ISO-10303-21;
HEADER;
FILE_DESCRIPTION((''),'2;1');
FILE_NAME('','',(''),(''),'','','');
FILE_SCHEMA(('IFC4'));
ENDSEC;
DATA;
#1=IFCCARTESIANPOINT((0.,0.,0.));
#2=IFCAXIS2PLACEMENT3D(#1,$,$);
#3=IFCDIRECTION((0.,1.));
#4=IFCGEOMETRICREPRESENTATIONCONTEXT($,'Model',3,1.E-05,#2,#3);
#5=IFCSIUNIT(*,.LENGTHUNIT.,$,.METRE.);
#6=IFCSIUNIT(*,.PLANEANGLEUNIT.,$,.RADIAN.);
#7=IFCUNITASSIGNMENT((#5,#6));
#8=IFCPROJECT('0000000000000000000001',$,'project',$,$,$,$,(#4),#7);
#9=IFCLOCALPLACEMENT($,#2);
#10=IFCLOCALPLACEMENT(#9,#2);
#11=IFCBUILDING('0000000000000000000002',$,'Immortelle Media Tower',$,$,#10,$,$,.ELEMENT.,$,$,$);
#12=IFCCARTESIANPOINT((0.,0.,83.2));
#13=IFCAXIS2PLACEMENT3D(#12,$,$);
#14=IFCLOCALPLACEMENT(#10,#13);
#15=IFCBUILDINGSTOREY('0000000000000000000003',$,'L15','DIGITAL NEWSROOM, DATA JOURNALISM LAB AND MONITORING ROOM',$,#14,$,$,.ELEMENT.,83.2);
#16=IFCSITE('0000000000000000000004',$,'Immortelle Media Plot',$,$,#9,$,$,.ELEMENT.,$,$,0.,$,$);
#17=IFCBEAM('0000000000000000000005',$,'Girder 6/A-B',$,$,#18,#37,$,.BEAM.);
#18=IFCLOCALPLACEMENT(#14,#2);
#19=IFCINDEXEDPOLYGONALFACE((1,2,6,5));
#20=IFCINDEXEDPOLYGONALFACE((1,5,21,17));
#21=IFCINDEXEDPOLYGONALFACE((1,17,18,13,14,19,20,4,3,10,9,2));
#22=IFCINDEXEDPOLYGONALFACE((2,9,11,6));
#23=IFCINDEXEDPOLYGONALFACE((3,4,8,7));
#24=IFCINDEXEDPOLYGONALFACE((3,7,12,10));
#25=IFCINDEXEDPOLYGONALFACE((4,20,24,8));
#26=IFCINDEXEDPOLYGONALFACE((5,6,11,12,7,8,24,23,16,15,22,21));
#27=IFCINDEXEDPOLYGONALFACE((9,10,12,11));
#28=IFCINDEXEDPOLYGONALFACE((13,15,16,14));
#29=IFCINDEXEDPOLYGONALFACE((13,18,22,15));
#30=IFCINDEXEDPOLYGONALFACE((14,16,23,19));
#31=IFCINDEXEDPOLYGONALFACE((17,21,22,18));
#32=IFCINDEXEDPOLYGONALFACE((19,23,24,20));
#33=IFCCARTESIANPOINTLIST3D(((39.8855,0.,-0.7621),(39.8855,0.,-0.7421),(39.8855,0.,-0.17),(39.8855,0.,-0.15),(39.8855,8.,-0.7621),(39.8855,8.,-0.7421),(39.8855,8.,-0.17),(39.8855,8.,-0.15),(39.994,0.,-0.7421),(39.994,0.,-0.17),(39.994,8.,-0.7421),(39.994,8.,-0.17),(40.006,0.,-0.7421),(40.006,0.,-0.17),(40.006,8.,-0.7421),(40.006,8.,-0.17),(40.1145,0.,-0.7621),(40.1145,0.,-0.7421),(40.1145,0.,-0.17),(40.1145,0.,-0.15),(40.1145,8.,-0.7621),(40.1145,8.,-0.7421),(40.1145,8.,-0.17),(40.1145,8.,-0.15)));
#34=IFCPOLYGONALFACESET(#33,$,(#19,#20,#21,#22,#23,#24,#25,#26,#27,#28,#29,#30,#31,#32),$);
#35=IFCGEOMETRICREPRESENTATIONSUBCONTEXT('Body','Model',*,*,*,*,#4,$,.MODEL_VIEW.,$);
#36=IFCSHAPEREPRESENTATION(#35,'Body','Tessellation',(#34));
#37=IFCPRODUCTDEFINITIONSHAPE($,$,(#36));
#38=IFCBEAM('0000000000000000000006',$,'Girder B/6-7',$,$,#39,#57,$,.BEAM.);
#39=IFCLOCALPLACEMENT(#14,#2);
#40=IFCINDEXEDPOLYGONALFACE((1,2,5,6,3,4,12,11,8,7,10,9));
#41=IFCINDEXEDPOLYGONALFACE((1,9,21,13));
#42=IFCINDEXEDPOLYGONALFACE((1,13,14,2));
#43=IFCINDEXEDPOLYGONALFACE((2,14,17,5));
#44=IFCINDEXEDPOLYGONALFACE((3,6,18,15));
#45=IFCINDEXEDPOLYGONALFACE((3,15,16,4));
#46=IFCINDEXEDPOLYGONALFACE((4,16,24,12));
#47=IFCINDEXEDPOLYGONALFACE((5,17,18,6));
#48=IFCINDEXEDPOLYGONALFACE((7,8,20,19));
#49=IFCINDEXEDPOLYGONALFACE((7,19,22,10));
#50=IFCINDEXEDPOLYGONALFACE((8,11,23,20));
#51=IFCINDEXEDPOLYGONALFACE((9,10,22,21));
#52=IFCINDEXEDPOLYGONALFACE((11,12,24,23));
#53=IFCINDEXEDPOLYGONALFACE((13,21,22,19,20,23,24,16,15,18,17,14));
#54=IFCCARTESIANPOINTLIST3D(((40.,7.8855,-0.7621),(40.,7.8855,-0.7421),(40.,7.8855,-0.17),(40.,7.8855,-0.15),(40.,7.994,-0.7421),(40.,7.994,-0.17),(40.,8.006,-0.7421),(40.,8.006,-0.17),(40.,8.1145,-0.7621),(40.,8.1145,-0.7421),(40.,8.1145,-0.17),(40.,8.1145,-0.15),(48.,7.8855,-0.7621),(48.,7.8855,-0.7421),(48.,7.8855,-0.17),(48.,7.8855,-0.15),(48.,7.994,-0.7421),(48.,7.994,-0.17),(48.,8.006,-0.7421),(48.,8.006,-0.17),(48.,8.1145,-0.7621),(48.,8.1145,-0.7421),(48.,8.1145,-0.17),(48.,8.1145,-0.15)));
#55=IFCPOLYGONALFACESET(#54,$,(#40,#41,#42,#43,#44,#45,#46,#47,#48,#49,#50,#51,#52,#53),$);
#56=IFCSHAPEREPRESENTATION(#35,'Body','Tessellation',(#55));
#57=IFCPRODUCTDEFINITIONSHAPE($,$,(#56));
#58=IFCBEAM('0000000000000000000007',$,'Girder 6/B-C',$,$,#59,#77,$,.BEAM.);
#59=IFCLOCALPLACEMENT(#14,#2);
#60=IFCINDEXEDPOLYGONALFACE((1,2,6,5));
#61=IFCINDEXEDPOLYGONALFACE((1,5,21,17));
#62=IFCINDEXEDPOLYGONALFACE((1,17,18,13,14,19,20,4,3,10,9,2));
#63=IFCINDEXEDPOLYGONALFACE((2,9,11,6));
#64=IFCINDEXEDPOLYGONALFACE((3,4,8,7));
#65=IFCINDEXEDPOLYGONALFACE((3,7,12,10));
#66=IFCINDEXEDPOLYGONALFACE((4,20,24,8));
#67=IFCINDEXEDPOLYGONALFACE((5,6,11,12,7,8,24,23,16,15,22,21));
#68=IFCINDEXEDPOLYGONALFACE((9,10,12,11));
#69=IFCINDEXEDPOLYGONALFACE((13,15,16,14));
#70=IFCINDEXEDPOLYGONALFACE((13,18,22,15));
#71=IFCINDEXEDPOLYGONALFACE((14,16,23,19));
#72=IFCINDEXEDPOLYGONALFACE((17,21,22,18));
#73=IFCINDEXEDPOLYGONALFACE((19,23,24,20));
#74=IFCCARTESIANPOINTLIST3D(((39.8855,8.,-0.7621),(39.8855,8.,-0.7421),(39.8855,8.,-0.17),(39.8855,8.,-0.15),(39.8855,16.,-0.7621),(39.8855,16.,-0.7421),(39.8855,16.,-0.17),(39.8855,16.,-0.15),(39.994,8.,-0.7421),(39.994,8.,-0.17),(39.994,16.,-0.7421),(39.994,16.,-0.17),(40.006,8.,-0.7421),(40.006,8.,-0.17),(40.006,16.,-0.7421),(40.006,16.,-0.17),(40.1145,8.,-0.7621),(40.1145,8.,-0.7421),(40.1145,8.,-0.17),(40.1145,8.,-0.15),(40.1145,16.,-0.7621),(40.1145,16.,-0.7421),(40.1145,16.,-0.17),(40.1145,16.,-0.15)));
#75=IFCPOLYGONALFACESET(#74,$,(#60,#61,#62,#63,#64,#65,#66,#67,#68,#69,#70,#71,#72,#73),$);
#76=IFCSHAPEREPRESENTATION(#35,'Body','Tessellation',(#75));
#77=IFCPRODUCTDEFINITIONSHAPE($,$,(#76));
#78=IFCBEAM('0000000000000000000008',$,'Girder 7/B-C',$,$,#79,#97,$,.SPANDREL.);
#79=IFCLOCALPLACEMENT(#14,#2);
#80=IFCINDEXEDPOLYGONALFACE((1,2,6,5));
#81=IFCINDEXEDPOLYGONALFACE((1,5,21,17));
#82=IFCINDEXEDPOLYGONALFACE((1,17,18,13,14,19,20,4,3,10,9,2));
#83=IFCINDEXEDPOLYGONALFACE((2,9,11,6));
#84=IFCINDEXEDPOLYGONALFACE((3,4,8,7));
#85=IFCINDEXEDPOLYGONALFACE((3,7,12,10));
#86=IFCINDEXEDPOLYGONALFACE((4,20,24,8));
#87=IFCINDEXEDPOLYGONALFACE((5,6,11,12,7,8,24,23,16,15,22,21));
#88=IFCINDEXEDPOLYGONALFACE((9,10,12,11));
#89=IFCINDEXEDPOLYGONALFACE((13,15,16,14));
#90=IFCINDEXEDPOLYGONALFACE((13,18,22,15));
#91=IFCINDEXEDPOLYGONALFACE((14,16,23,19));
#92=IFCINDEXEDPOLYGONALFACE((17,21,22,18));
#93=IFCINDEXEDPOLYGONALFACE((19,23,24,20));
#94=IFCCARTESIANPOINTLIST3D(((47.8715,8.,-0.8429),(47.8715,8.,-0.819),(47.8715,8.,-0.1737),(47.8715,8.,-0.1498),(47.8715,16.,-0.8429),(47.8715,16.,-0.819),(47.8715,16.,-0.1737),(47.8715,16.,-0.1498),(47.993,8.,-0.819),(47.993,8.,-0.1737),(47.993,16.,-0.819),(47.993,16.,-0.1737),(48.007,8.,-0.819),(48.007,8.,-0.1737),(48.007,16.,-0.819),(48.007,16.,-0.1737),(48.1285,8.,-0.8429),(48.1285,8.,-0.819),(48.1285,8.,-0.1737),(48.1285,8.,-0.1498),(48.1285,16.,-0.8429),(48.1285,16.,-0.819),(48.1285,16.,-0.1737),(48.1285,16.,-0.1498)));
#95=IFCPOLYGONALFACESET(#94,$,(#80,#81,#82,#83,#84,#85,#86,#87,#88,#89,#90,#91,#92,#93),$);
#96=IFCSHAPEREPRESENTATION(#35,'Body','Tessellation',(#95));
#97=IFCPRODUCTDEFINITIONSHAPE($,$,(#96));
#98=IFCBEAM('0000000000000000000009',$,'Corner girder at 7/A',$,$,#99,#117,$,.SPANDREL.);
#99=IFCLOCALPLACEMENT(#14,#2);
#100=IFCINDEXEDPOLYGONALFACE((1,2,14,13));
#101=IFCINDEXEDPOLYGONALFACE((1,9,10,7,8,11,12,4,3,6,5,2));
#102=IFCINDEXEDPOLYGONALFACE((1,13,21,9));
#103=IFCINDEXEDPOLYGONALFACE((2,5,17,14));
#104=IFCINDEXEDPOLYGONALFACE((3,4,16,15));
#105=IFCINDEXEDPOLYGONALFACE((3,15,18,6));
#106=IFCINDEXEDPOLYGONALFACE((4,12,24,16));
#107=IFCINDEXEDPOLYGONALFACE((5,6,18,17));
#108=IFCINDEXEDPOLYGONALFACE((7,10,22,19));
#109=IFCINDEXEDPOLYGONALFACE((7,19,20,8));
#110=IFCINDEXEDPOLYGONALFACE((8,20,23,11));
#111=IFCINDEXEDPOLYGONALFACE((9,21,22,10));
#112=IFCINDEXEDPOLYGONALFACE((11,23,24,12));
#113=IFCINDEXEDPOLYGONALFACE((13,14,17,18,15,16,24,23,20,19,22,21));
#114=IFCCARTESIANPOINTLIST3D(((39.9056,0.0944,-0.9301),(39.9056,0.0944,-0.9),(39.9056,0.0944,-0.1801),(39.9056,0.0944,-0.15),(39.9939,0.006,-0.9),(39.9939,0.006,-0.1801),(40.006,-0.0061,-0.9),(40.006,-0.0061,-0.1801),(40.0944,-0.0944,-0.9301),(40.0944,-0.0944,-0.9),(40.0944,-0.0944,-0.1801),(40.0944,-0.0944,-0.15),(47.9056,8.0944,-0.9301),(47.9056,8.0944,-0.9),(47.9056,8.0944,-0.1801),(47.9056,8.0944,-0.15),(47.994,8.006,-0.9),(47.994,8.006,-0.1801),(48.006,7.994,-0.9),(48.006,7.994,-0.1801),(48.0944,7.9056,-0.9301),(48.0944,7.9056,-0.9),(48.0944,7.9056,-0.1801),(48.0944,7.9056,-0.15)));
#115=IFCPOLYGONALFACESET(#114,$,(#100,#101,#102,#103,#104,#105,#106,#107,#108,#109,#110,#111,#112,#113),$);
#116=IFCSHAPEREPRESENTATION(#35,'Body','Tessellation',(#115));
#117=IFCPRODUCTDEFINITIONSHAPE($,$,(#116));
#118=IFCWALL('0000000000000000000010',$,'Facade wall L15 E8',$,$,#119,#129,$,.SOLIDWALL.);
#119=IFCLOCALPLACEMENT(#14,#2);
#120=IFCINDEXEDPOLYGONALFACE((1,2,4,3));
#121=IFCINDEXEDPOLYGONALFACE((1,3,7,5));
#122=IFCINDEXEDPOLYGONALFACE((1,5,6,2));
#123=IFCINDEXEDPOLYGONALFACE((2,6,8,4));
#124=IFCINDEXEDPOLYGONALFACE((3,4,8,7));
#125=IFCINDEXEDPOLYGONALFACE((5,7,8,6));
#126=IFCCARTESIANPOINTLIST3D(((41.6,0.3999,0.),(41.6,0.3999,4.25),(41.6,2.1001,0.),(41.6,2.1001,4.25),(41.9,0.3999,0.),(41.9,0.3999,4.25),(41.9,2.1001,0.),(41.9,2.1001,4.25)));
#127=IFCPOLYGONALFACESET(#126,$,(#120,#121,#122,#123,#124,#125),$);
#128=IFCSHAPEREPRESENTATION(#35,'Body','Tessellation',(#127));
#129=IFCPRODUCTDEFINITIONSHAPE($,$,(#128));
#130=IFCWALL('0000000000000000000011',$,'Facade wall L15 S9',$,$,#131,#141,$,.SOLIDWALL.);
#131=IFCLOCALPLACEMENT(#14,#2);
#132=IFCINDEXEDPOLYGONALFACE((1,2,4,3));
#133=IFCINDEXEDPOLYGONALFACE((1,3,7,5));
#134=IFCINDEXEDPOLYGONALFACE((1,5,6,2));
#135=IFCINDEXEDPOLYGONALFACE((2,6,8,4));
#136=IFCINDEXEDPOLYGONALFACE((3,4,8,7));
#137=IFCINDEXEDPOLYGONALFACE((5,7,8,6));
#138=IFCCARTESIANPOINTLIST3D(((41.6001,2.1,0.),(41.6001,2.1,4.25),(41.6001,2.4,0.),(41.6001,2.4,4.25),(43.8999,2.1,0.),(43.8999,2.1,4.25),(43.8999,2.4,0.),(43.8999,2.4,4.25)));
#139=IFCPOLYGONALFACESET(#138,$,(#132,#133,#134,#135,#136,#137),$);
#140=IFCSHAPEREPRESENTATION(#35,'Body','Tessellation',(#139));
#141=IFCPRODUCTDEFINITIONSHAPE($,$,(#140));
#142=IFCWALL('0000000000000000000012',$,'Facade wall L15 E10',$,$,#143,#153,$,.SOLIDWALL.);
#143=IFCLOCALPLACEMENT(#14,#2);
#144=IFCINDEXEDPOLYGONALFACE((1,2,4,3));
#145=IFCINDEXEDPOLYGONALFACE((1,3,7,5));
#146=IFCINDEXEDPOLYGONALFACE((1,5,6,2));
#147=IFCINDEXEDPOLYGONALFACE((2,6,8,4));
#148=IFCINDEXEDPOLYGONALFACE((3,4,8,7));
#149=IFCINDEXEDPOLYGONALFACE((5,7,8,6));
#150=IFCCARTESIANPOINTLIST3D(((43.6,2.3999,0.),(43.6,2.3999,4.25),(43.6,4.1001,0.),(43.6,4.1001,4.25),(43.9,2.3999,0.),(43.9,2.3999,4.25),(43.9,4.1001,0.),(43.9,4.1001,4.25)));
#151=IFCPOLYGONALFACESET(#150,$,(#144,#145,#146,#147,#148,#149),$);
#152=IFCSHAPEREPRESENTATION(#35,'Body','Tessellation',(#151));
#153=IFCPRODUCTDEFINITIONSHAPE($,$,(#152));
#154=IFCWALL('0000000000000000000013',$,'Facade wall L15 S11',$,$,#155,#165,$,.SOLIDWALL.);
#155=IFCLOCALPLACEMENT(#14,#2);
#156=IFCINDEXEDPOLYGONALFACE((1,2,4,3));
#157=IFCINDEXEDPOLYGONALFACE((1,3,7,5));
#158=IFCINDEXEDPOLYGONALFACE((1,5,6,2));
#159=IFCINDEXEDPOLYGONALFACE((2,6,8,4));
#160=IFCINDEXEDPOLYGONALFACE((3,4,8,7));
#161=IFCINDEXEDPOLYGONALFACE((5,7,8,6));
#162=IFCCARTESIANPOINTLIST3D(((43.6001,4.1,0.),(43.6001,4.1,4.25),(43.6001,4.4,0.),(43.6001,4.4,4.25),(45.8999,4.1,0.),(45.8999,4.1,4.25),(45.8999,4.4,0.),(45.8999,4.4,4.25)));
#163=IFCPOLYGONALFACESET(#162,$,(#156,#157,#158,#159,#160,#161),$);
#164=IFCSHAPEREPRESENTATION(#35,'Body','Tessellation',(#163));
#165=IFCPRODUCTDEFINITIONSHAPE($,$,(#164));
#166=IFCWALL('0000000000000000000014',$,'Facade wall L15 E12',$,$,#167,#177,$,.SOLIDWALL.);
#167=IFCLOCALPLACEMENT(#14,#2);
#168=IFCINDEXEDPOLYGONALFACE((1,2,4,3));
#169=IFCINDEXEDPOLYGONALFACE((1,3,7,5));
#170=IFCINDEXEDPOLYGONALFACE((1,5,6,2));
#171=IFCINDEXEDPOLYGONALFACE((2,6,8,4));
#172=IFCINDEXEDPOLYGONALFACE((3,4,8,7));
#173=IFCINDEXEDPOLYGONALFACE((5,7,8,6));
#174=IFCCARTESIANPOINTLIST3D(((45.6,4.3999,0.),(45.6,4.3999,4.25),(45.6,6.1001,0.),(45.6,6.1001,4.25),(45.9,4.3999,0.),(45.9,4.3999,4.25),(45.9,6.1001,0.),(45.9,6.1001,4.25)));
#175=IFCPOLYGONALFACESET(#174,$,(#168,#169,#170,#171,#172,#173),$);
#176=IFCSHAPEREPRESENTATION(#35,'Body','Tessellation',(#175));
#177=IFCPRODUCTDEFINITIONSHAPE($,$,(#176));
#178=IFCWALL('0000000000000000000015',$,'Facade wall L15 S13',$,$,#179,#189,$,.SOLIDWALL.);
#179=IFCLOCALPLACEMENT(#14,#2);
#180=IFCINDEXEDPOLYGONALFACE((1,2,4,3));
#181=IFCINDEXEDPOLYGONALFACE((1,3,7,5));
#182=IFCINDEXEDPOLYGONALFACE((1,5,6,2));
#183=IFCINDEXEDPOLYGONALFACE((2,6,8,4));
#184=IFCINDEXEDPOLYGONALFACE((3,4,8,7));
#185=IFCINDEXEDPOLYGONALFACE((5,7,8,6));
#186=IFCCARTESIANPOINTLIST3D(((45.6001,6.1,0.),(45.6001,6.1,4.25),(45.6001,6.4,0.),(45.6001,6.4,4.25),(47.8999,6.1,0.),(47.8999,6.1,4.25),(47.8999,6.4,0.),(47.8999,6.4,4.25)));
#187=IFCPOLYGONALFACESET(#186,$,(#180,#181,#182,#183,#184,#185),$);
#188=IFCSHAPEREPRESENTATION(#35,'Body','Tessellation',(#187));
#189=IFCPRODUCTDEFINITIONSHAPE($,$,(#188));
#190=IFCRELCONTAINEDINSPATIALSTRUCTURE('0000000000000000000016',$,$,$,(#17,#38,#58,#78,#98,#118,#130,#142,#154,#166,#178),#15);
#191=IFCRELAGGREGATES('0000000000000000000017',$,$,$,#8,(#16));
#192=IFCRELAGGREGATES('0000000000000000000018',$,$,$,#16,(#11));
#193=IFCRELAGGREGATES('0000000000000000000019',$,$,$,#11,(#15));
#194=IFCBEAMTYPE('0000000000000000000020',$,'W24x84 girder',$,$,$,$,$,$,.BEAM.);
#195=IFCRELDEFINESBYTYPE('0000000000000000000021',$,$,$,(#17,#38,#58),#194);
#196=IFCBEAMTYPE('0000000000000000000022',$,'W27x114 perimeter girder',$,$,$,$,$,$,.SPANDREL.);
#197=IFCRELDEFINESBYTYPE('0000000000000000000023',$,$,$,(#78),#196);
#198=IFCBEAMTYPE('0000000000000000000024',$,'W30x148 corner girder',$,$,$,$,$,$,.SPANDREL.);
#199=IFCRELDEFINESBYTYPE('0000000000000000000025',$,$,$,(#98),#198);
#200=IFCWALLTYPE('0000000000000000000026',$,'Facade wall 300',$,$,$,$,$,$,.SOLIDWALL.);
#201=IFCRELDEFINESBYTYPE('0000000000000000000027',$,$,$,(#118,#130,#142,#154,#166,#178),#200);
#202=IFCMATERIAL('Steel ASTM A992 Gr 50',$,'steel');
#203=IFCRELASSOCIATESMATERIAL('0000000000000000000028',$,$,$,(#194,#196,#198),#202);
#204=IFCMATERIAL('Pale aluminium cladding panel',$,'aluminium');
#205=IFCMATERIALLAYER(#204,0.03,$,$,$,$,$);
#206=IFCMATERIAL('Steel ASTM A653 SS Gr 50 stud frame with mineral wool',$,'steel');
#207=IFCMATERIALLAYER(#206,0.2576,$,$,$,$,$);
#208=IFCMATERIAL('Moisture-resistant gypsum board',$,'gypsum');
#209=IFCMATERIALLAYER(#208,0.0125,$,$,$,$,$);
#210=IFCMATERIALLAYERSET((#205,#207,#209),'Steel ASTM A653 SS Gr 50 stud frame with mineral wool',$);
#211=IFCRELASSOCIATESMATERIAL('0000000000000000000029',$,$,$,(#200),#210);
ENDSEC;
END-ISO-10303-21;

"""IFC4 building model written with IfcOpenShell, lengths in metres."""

from ifc_helpers import new_model, si_unit, direction, frame, frame_2d, origin, origin_2d, place, context, subcontext, project, spatial, rectangle, i_section, extrude, material, layer, layer_set, material_profile, profile_set, type_object, element, save


model = new_model("IFC4")

# Units and contexts
model_context = context("Model", 3, precision=1e-05, world=origin(), true_north=direction((0.0, 1.0)))
body_context = subcontext(model_context, "Body", "Model", "MODEL_VIEW")
ifc_project = project(units=[si_unit("LENGTHUNIT", "METRE"), si_unit("PLANEANGLEUNIT", "RADIAN")], contexts=[model_context])

# Site, building, storey
site_placement = place(None, origin())
site = spatial("IfcSite", under=ifc_project, at=site_placement, Name="Immortelle Media Plot", CompositionType="ELEMENT", RefElevation=0.0)
building_placement = place(site_placement, origin())
building = spatial("IfcBuilding", under=site, at=building_placement, Name="Immortelle Media Tower", CompositionType="ELEMENT")
storey_placement = place(building_placement, frame((0.0, 0.0, 83.2)))
storey = spatial("IfcBuildingStorey", under=building, at=storey_placement, Name="L15", Description="DIGITAL NEWSROOM, DATA JOURNALISM LAB AND MONITORING ROOM", CompositionType="ELEMENT", Elevation=83.2)

# Shared definitions
ifc_material_1 = material(Name="Steel ASTM A992 Gr 50", Category="steel")

# Beams
ifc_material_profile_1 = material_profile(ifc_material_1, i_section(OverallWidth=0.229, OverallDepth=0.6121, WebThickness=0.012, FlangeThickness=0.02, at=origin_2d()), Name="W24x84")
ifc_profile_set_1 = profile_set([ifc_material_profile_1], Name="Steel ASTM A992 Gr 50")
beam_type_1 = type_object("IfcBeamType", Name="W24x84 girder", PredefinedType="BEAM", material=ifc_profile_set_1)
for number, where, z_axis, x_axis, name in (
    (1, (40.0, 0.0, -0.4561), (0.0, 1.0, 0.0), (-1.0, 0.0, 0.0), "Girder 6/A-B"),
    (2, (40.0, 8.0, -0.4561), (1.0, 0.0, 0.0), (0.0, 1.0, 0.0), "Girder B/6-7"),
    (3, (40.0, 8.0, -0.4561), (0.0, 1.0, 0.0), (-1.0, 0.0, 0.0), "Girder 6/B-C"),
):
    element("IfcBeam", number, at=place(storey_placement, frame(where, z_axis=z_axis, x_axis=x_axis)), inside=storey, type_object=beam_type_1, Name=name, PredefinedType="BEAM", context=body_context, shape_type="SweptSolid", body=[
        extrude(i_section(OverallWidth=0.229, OverallDepth=0.6121, WebThickness=0.012, FlangeThickness=0.02, at=origin_2d()), origin(), (0.0, 0.0, 1.0), 8.0),
    ])
ifc_material_profile_2 = material_profile(ifc_material_1, i_section(OverallWidth=0.2571, OverallDepth=0.6931, WebThickness=0.0139, FlangeThickness=0.0239, at=origin_2d()), Name="W27x114")
ifc_profile_set_2 = profile_set([ifc_material_profile_2], Name="Steel ASTM A992 Gr 50")
beam_type_2 = type_object("IfcBeamType", Name="W27x114 perimeter girder", PredefinedType="SPANDREL", material=ifc_profile_set_2)
beam_1_placement = place(storey_placement, frame((48.0, 8.0, -0.4963), z_axis=(0.0, 1.0, 0.0), x_axis=(-1.0, 0.0, 0.0)))
element("IfcBeam", 4, at=beam_1_placement, inside=storey, type_object=beam_type_2, Name="Girder 7/B-C", PredefinedType="SPANDREL", context=body_context, shape_type="SweptSolid", body=[
    extrude(i_section(OverallWidth=0.2571, OverallDepth=0.6931, WebThickness=0.0139, FlangeThickness=0.0239, at=origin_2d()), origin(), (0.0, 0.0, 1.0), 8.0),
])
ifc_material_profile_3 = material_profile(ifc_material_1, i_section(OverallWidth=0.2671, OverallDepth=0.78, WebThickness=0.0171, FlangeThickness=0.03, at=origin_2d()), Name="W30x148")
ifc_profile_set_3 = profile_set([ifc_material_profile_3], Name="Steel ASTM A992 Gr 50")
beam_type_3 = type_object("IfcBeamType", Name="W30x148 corner girder", PredefinedType="SPANDREL", material=ifc_profile_set_3)
beam_2_placement = place(storey_placement, frame((48.0, 8.0, -0.54), z_axis=(-0.707107, -0.707107, 0.0), x_axis=(0.707107, -0.707107, 0.0)))
element("IfcBeam", 5, at=beam_2_placement, inside=storey, type_object=beam_type_3, Name="Corner girder at 7/A", PredefinedType="SPANDREL", context=body_context, shape_type="SweptSolid", body=[
    extrude(i_section(OverallWidth=0.2671, OverallDepth=0.78, WebThickness=0.0171, FlangeThickness=0.03, at=origin_2d()), origin(), (0.0, 0.0, 1.0), 11.3137),
])

# Walls
ifc_material_2 = material(Name="Pale aluminium cladding panel", Category="aluminium")
ifc_layer_1 = layer(ifc_material_2, 0.03)
ifc_material_3 = material(Name="Steel ASTM A653 SS Gr 50 stud frame with mineral wool", Category="steel")
ifc_layer_2 = layer(ifc_material_3, 0.2576)
ifc_material_4 = material(Name="Moisture-resistant gypsum board", Category="gypsum")
ifc_layer_3 = layer(ifc_material_4, 0.0125)
ifc_layer_set_1 = layer_set([ifc_layer_1, ifc_layer_2, ifc_layer_3], Name="Steel ASTM A653 SS Gr 50 stud frame with mineral wool")
wall_type_1 = type_object("IfcWallType", Name="Facade wall 300", PredefinedType="SOLIDWALL", material=ifc_layer_set_1)
wall_1_placement = place(storey_placement, frame((41.75, 0.3999, 0.0), z_axis=(0.0, 0.0, 1.0), x_axis=(0.0, 1.0, 0.0)))
element("IfcWall", 6, at=wall_1_placement, inside=storey, type_object=wall_type_1, Name="Facade wall L15 E8", PredefinedType="SOLIDWALL", context=body_context, shape_type="SweptSolid", body=[
    extrude(rectangle(XDim=1.7002, YDim=0.3, at=frame_2d((0.8501, 0.0))), origin(), (0.0, 0.0, 1.0), 4.25),
])
wall_2_placement = place(storey_placement, frame((41.6001, 2.25, 0.0), z_axis=(0.0, 0.0, 1.0), x_axis=(1.0, 0.0, 0.0)))
element("IfcWall", 7, at=wall_2_placement, inside=storey, type_object=wall_type_1, Name="Facade wall L15 S9", PredefinedType="SOLIDWALL", context=body_context, shape_type="SweptSolid", body=[
    extrude(rectangle(XDim=2.2998, YDim=0.3, at=frame_2d((1.1499, 0.0))), origin(), (0.0, 0.0, 1.0), 4.25),
])
wall_3_placement = place(storey_placement, frame((43.75, 2.3999, 0.0), z_axis=(0.0, 0.0, 1.0), x_axis=(0.0, 1.0, 0.0)))
element("IfcWall", 8, at=wall_3_placement, inside=storey, type_object=wall_type_1, Name="Facade wall L15 E10", PredefinedType="SOLIDWALL", context=body_context, shape_type="SweptSolid", body=[
    extrude(rectangle(XDim=1.7002, YDim=0.3, at=frame_2d((0.8501, 0.0))), origin(), (0.0, 0.0, 1.0), 4.25),
])
wall_4_placement = place(storey_placement, frame((43.6001, 4.25, 0.0), z_axis=(0.0, 0.0, 1.0), x_axis=(1.0, 0.0, 0.0)))
element("IfcWall", 9, at=wall_4_placement, inside=storey, type_object=wall_type_1, Name="Facade wall L15 S11", PredefinedType="SOLIDWALL", context=body_context, shape_type="SweptSolid", body=[
    extrude(rectangle(XDim=2.2998, YDim=0.3, at=frame_2d((1.1499, 0.0))), origin(), (0.0, 0.0, 1.0), 4.25),
])
wall_5_placement = place(storey_placement, frame((45.75, 4.3999, 0.0), z_axis=(0.0, 0.0, 1.0), x_axis=(0.0, 1.0, 0.0)))
element("IfcWall", 10, at=wall_5_placement, inside=storey, type_object=wall_type_1, Name="Facade wall L15 E12", PredefinedType="SOLIDWALL", context=body_context, shape_type="SweptSolid", body=[
    extrude(rectangle(XDim=1.7002, YDim=0.3, at=frame_2d((0.8501, 0.0))), origin(), (0.0, 0.0, 1.0), 4.25),
])
wall_6_placement = place(storey_placement, frame((45.6001, 6.25, 0.0), z_axis=(0.0, 0.0, 1.0), x_axis=(1.0, 0.0, 0.0)))
element("IfcWall", 11, at=wall_6_placement, inside=storey, type_object=wall_type_1, Name="Facade wall L15 S13", PredefinedType="SOLIDWALL", context=body_context, shape_type="SweptSolid", body=[
    extrude(rectangle(XDim=2.2998, YDim=0.3, at=frame_2d((1.1499, 0.0))), origin(), (0.0, 0.0, 1.0), 4.25),
])

save(model, "model.ifc")
